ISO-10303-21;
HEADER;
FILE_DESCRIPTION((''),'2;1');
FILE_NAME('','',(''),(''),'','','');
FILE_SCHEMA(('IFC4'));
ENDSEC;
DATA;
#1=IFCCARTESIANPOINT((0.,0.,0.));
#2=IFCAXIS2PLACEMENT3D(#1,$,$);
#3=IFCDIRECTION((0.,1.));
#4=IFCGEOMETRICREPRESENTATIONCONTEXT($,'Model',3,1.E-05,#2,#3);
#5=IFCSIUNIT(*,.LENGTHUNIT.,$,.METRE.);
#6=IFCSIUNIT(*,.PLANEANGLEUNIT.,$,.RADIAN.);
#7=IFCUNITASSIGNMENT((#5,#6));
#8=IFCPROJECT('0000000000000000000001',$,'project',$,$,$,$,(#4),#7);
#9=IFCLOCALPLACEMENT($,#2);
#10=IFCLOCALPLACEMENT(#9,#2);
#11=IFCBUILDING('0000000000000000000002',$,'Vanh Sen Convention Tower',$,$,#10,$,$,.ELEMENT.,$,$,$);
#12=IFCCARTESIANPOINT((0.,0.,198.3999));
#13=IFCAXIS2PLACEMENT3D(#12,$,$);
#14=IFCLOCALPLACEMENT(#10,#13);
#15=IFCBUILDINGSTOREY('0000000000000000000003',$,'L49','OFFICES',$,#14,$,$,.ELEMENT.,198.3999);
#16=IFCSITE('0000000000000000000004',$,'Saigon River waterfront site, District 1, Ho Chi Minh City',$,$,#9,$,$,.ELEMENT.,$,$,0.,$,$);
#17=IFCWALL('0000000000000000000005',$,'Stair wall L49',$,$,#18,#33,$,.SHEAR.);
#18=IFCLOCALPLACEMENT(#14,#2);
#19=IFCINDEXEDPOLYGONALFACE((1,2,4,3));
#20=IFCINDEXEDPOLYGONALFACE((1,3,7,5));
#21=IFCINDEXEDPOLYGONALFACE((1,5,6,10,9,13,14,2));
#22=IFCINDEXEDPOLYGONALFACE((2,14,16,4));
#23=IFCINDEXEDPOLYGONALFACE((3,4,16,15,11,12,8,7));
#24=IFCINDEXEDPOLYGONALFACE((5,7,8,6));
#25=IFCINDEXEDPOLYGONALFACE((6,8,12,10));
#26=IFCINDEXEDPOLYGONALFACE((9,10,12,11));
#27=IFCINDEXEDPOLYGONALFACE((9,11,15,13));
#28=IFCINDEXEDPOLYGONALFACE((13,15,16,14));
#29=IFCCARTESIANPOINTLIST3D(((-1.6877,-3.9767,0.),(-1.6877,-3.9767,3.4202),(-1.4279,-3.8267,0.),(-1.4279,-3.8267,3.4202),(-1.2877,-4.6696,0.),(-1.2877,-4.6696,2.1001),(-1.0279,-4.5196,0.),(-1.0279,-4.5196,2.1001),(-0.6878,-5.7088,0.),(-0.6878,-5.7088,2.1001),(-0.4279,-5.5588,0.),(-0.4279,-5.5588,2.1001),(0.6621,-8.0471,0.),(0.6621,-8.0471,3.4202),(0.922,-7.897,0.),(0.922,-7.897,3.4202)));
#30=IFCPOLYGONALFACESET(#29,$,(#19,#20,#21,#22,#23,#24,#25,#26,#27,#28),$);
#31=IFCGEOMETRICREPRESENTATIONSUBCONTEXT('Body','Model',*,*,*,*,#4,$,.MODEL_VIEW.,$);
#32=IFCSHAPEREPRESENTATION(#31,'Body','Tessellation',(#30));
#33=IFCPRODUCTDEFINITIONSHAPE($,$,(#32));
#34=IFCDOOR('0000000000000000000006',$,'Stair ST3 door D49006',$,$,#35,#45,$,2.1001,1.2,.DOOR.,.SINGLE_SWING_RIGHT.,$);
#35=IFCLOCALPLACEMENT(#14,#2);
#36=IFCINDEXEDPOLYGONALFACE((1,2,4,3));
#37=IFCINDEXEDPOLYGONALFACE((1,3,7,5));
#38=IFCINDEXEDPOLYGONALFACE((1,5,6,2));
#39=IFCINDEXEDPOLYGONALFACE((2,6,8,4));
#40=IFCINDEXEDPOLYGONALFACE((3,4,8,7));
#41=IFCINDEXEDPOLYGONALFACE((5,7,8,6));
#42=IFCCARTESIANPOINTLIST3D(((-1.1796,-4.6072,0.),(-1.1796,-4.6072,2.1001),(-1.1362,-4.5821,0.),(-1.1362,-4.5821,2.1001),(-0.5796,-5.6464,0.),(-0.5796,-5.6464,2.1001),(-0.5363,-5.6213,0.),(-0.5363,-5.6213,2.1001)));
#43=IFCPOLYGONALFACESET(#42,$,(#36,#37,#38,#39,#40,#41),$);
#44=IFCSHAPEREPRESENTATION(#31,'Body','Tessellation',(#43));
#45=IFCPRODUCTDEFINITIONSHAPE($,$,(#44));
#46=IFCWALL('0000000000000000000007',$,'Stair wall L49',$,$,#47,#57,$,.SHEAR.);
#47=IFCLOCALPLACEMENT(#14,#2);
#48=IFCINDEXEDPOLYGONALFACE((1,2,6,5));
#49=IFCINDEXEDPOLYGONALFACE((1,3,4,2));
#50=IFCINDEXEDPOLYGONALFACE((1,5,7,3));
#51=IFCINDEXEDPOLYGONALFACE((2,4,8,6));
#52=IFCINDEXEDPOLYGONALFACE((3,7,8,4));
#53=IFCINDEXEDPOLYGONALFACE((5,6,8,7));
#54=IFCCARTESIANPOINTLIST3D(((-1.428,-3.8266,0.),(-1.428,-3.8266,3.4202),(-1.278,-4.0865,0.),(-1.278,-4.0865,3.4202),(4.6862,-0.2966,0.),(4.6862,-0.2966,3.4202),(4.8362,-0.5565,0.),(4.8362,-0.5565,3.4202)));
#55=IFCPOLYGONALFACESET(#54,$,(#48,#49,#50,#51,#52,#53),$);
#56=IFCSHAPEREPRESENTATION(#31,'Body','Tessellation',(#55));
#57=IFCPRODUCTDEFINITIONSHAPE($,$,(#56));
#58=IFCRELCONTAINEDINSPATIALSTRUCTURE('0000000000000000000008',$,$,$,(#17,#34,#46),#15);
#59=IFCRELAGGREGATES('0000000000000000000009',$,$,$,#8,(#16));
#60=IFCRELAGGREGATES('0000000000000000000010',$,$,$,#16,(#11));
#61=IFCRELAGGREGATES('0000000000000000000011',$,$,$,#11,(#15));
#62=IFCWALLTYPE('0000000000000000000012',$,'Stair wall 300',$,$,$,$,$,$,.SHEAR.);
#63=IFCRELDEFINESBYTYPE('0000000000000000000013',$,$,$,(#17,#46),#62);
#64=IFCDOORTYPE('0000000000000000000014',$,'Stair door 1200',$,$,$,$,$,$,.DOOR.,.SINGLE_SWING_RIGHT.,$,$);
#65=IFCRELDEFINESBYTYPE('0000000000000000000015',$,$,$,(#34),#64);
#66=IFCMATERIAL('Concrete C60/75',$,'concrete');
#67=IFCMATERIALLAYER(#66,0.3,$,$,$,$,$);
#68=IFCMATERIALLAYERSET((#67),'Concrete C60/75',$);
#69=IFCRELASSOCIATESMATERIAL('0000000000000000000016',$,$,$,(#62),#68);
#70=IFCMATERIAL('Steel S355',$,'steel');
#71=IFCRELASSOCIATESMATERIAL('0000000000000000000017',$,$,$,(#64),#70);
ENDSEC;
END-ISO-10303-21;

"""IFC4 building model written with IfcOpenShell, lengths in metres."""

from ifc_helpers import new_model, si_unit, direction, frame, frame_2d, origin, place, context, subcontext, project, spatial, rectangle, extrude, material, layer, layer_set, type_object, element, fill, save


model = new_model("IFC4")

# Units and contexts
model_context = context("Model", 3, precision=1e-05, world=origin(), true_north=direction((0.0, 1.0)))
body_context = subcontext(model_context, "Body", "Model", "MODEL_VIEW")
ifc_project = project(units=[si_unit("LENGTHUNIT", "METRE"), si_unit("PLANEANGLEUNIT", "RADIAN")], contexts=[model_context])

# Site, building, storey
site_placement = place(None, origin())
site = spatial("IfcSite", under=ifc_project, at=site_placement, Name="Saigon River waterfront site, District 1, Ho Chi Minh City", CompositionType="ELEMENT", RefElevation=0.0)
building_placement = place(site_placement, origin())
building = spatial("IfcBuilding", under=site, at=building_placement, Name="Vanh Sen Convention Tower", CompositionType="ELEMENT")
storey_placement = place(building_placement, frame((0.0, 0.0, 198.3999)))
storey = spatial("IfcBuildingStorey", under=building, at=storey_placement, Name="L49", Description="OFFICES", CompositionType="ELEMENT", Elevation=198.3999)

# Shared definitions
ifc_material_1 = material(Name="Steel S355", Category="steel")

# Shared definitions
ifc_material_2 = material(Name="Concrete C60/75", Category="concrete")
ifc_layer_1 = layer(ifc_material_2, 0.3)
ifc_layer_set_1 = layer_set([ifc_layer_1], Name="Concrete C60/75")
wall_type_1 = type_object("IfcWallType", Name="Stair wall 300", PredefinedType="SHEAR", material=ifc_layer_set_1)

# Wall, opening, door
wall_1_placement = place(storey_placement, frame((-1.5579, -3.9016, 0.0), z_axis=(0.0, 0.0, 1.0), x_axis=(0.499977, -0.866039, 0.0)))
wall_1 = element("IfcWall", 1, at=wall_1_placement, inside=storey, type_object=wall_type_1, Name="Stair wall L49", PredefinedType="SHEAR", context=body_context, shape_type="SweptSolid", body=[
    extrude(rectangle(XDim=4.7, YDim=0.3, at=frame_2d((2.3501, 0.0))), origin(), (0.0, 0.0, 1.0), 3.4202),
])
opening_1_placement = place(wall_1_placement, frame((0.8, 0.0, 0.0)))
opening_1 = element("IfcOpeningElement", 2, at=opening_1_placement, cuts=wall_1, PredefinedType="OPENING", context=body_context, shape_type="SweptSolid", body=[
    extrude(rectangle(XDim=1.2, YDim=2.1001, at=frame_2d((0.6001, 1.05))), frame((0.0, 0.1599, 0.0), z_axis=(0.0, -1.0, 0.0), x_axis=(1.0, 0.0, 0.0)), (0.0, 0.0, 1.0), 0.3201),
])
door_type_1 = type_object("IfcDoorType", Name="Stair door 1200", OperationType="SINGLE_SWING_RIGHT", PredefinedType="DOOR", material=ifc_material_1)
door_1_placement = place(opening_1_placement, origin())
door_1 = element("IfcDoor", 3, at=door_1_placement, inside=storey, type_object=door_type_1, Name="Stair ST3 door D49006", OperationType="SINGLE_SWING_RIGHT", OverallHeight=2.1001, OverallWidth=1.2, PredefinedType="DOOR", context=body_context, shape_type="SweptSolid", body=[
    extrude(rectangle(XDim=1.2, YDim=2.1001, at=frame_2d((0.6001, 1.05))), frame((0.0, 0.0249, 0.0), z_axis=(0.0, -1.0, 0.0), x_axis=(1.0, 0.0, 0.0)), (0.0, 0.0, 1.0), 0.05),
])
fill(opening_1, door_1)

# Wall
wall_2_placement = place(storey_placement, frame((-1.353, -3.9565, 0.0), z_axis=(0.0, 0.0, 1.0), x_axis=(0.866028, 0.499996, 0.0)))
element("IfcWall", 4, at=wall_2_placement, inside=storey, type_object=wall_type_1, Name="Stair wall L49", PredefinedType="SHEAR", context=body_context, shape_type="SweptSolid", body=[
    extrude(rectangle(XDim=7.0601, YDim=0.3, at=frame_2d((3.53, 0.0))), origin(), (0.0, 0.0, 1.0), 3.4202),
])

save(model, "model.ifc")
